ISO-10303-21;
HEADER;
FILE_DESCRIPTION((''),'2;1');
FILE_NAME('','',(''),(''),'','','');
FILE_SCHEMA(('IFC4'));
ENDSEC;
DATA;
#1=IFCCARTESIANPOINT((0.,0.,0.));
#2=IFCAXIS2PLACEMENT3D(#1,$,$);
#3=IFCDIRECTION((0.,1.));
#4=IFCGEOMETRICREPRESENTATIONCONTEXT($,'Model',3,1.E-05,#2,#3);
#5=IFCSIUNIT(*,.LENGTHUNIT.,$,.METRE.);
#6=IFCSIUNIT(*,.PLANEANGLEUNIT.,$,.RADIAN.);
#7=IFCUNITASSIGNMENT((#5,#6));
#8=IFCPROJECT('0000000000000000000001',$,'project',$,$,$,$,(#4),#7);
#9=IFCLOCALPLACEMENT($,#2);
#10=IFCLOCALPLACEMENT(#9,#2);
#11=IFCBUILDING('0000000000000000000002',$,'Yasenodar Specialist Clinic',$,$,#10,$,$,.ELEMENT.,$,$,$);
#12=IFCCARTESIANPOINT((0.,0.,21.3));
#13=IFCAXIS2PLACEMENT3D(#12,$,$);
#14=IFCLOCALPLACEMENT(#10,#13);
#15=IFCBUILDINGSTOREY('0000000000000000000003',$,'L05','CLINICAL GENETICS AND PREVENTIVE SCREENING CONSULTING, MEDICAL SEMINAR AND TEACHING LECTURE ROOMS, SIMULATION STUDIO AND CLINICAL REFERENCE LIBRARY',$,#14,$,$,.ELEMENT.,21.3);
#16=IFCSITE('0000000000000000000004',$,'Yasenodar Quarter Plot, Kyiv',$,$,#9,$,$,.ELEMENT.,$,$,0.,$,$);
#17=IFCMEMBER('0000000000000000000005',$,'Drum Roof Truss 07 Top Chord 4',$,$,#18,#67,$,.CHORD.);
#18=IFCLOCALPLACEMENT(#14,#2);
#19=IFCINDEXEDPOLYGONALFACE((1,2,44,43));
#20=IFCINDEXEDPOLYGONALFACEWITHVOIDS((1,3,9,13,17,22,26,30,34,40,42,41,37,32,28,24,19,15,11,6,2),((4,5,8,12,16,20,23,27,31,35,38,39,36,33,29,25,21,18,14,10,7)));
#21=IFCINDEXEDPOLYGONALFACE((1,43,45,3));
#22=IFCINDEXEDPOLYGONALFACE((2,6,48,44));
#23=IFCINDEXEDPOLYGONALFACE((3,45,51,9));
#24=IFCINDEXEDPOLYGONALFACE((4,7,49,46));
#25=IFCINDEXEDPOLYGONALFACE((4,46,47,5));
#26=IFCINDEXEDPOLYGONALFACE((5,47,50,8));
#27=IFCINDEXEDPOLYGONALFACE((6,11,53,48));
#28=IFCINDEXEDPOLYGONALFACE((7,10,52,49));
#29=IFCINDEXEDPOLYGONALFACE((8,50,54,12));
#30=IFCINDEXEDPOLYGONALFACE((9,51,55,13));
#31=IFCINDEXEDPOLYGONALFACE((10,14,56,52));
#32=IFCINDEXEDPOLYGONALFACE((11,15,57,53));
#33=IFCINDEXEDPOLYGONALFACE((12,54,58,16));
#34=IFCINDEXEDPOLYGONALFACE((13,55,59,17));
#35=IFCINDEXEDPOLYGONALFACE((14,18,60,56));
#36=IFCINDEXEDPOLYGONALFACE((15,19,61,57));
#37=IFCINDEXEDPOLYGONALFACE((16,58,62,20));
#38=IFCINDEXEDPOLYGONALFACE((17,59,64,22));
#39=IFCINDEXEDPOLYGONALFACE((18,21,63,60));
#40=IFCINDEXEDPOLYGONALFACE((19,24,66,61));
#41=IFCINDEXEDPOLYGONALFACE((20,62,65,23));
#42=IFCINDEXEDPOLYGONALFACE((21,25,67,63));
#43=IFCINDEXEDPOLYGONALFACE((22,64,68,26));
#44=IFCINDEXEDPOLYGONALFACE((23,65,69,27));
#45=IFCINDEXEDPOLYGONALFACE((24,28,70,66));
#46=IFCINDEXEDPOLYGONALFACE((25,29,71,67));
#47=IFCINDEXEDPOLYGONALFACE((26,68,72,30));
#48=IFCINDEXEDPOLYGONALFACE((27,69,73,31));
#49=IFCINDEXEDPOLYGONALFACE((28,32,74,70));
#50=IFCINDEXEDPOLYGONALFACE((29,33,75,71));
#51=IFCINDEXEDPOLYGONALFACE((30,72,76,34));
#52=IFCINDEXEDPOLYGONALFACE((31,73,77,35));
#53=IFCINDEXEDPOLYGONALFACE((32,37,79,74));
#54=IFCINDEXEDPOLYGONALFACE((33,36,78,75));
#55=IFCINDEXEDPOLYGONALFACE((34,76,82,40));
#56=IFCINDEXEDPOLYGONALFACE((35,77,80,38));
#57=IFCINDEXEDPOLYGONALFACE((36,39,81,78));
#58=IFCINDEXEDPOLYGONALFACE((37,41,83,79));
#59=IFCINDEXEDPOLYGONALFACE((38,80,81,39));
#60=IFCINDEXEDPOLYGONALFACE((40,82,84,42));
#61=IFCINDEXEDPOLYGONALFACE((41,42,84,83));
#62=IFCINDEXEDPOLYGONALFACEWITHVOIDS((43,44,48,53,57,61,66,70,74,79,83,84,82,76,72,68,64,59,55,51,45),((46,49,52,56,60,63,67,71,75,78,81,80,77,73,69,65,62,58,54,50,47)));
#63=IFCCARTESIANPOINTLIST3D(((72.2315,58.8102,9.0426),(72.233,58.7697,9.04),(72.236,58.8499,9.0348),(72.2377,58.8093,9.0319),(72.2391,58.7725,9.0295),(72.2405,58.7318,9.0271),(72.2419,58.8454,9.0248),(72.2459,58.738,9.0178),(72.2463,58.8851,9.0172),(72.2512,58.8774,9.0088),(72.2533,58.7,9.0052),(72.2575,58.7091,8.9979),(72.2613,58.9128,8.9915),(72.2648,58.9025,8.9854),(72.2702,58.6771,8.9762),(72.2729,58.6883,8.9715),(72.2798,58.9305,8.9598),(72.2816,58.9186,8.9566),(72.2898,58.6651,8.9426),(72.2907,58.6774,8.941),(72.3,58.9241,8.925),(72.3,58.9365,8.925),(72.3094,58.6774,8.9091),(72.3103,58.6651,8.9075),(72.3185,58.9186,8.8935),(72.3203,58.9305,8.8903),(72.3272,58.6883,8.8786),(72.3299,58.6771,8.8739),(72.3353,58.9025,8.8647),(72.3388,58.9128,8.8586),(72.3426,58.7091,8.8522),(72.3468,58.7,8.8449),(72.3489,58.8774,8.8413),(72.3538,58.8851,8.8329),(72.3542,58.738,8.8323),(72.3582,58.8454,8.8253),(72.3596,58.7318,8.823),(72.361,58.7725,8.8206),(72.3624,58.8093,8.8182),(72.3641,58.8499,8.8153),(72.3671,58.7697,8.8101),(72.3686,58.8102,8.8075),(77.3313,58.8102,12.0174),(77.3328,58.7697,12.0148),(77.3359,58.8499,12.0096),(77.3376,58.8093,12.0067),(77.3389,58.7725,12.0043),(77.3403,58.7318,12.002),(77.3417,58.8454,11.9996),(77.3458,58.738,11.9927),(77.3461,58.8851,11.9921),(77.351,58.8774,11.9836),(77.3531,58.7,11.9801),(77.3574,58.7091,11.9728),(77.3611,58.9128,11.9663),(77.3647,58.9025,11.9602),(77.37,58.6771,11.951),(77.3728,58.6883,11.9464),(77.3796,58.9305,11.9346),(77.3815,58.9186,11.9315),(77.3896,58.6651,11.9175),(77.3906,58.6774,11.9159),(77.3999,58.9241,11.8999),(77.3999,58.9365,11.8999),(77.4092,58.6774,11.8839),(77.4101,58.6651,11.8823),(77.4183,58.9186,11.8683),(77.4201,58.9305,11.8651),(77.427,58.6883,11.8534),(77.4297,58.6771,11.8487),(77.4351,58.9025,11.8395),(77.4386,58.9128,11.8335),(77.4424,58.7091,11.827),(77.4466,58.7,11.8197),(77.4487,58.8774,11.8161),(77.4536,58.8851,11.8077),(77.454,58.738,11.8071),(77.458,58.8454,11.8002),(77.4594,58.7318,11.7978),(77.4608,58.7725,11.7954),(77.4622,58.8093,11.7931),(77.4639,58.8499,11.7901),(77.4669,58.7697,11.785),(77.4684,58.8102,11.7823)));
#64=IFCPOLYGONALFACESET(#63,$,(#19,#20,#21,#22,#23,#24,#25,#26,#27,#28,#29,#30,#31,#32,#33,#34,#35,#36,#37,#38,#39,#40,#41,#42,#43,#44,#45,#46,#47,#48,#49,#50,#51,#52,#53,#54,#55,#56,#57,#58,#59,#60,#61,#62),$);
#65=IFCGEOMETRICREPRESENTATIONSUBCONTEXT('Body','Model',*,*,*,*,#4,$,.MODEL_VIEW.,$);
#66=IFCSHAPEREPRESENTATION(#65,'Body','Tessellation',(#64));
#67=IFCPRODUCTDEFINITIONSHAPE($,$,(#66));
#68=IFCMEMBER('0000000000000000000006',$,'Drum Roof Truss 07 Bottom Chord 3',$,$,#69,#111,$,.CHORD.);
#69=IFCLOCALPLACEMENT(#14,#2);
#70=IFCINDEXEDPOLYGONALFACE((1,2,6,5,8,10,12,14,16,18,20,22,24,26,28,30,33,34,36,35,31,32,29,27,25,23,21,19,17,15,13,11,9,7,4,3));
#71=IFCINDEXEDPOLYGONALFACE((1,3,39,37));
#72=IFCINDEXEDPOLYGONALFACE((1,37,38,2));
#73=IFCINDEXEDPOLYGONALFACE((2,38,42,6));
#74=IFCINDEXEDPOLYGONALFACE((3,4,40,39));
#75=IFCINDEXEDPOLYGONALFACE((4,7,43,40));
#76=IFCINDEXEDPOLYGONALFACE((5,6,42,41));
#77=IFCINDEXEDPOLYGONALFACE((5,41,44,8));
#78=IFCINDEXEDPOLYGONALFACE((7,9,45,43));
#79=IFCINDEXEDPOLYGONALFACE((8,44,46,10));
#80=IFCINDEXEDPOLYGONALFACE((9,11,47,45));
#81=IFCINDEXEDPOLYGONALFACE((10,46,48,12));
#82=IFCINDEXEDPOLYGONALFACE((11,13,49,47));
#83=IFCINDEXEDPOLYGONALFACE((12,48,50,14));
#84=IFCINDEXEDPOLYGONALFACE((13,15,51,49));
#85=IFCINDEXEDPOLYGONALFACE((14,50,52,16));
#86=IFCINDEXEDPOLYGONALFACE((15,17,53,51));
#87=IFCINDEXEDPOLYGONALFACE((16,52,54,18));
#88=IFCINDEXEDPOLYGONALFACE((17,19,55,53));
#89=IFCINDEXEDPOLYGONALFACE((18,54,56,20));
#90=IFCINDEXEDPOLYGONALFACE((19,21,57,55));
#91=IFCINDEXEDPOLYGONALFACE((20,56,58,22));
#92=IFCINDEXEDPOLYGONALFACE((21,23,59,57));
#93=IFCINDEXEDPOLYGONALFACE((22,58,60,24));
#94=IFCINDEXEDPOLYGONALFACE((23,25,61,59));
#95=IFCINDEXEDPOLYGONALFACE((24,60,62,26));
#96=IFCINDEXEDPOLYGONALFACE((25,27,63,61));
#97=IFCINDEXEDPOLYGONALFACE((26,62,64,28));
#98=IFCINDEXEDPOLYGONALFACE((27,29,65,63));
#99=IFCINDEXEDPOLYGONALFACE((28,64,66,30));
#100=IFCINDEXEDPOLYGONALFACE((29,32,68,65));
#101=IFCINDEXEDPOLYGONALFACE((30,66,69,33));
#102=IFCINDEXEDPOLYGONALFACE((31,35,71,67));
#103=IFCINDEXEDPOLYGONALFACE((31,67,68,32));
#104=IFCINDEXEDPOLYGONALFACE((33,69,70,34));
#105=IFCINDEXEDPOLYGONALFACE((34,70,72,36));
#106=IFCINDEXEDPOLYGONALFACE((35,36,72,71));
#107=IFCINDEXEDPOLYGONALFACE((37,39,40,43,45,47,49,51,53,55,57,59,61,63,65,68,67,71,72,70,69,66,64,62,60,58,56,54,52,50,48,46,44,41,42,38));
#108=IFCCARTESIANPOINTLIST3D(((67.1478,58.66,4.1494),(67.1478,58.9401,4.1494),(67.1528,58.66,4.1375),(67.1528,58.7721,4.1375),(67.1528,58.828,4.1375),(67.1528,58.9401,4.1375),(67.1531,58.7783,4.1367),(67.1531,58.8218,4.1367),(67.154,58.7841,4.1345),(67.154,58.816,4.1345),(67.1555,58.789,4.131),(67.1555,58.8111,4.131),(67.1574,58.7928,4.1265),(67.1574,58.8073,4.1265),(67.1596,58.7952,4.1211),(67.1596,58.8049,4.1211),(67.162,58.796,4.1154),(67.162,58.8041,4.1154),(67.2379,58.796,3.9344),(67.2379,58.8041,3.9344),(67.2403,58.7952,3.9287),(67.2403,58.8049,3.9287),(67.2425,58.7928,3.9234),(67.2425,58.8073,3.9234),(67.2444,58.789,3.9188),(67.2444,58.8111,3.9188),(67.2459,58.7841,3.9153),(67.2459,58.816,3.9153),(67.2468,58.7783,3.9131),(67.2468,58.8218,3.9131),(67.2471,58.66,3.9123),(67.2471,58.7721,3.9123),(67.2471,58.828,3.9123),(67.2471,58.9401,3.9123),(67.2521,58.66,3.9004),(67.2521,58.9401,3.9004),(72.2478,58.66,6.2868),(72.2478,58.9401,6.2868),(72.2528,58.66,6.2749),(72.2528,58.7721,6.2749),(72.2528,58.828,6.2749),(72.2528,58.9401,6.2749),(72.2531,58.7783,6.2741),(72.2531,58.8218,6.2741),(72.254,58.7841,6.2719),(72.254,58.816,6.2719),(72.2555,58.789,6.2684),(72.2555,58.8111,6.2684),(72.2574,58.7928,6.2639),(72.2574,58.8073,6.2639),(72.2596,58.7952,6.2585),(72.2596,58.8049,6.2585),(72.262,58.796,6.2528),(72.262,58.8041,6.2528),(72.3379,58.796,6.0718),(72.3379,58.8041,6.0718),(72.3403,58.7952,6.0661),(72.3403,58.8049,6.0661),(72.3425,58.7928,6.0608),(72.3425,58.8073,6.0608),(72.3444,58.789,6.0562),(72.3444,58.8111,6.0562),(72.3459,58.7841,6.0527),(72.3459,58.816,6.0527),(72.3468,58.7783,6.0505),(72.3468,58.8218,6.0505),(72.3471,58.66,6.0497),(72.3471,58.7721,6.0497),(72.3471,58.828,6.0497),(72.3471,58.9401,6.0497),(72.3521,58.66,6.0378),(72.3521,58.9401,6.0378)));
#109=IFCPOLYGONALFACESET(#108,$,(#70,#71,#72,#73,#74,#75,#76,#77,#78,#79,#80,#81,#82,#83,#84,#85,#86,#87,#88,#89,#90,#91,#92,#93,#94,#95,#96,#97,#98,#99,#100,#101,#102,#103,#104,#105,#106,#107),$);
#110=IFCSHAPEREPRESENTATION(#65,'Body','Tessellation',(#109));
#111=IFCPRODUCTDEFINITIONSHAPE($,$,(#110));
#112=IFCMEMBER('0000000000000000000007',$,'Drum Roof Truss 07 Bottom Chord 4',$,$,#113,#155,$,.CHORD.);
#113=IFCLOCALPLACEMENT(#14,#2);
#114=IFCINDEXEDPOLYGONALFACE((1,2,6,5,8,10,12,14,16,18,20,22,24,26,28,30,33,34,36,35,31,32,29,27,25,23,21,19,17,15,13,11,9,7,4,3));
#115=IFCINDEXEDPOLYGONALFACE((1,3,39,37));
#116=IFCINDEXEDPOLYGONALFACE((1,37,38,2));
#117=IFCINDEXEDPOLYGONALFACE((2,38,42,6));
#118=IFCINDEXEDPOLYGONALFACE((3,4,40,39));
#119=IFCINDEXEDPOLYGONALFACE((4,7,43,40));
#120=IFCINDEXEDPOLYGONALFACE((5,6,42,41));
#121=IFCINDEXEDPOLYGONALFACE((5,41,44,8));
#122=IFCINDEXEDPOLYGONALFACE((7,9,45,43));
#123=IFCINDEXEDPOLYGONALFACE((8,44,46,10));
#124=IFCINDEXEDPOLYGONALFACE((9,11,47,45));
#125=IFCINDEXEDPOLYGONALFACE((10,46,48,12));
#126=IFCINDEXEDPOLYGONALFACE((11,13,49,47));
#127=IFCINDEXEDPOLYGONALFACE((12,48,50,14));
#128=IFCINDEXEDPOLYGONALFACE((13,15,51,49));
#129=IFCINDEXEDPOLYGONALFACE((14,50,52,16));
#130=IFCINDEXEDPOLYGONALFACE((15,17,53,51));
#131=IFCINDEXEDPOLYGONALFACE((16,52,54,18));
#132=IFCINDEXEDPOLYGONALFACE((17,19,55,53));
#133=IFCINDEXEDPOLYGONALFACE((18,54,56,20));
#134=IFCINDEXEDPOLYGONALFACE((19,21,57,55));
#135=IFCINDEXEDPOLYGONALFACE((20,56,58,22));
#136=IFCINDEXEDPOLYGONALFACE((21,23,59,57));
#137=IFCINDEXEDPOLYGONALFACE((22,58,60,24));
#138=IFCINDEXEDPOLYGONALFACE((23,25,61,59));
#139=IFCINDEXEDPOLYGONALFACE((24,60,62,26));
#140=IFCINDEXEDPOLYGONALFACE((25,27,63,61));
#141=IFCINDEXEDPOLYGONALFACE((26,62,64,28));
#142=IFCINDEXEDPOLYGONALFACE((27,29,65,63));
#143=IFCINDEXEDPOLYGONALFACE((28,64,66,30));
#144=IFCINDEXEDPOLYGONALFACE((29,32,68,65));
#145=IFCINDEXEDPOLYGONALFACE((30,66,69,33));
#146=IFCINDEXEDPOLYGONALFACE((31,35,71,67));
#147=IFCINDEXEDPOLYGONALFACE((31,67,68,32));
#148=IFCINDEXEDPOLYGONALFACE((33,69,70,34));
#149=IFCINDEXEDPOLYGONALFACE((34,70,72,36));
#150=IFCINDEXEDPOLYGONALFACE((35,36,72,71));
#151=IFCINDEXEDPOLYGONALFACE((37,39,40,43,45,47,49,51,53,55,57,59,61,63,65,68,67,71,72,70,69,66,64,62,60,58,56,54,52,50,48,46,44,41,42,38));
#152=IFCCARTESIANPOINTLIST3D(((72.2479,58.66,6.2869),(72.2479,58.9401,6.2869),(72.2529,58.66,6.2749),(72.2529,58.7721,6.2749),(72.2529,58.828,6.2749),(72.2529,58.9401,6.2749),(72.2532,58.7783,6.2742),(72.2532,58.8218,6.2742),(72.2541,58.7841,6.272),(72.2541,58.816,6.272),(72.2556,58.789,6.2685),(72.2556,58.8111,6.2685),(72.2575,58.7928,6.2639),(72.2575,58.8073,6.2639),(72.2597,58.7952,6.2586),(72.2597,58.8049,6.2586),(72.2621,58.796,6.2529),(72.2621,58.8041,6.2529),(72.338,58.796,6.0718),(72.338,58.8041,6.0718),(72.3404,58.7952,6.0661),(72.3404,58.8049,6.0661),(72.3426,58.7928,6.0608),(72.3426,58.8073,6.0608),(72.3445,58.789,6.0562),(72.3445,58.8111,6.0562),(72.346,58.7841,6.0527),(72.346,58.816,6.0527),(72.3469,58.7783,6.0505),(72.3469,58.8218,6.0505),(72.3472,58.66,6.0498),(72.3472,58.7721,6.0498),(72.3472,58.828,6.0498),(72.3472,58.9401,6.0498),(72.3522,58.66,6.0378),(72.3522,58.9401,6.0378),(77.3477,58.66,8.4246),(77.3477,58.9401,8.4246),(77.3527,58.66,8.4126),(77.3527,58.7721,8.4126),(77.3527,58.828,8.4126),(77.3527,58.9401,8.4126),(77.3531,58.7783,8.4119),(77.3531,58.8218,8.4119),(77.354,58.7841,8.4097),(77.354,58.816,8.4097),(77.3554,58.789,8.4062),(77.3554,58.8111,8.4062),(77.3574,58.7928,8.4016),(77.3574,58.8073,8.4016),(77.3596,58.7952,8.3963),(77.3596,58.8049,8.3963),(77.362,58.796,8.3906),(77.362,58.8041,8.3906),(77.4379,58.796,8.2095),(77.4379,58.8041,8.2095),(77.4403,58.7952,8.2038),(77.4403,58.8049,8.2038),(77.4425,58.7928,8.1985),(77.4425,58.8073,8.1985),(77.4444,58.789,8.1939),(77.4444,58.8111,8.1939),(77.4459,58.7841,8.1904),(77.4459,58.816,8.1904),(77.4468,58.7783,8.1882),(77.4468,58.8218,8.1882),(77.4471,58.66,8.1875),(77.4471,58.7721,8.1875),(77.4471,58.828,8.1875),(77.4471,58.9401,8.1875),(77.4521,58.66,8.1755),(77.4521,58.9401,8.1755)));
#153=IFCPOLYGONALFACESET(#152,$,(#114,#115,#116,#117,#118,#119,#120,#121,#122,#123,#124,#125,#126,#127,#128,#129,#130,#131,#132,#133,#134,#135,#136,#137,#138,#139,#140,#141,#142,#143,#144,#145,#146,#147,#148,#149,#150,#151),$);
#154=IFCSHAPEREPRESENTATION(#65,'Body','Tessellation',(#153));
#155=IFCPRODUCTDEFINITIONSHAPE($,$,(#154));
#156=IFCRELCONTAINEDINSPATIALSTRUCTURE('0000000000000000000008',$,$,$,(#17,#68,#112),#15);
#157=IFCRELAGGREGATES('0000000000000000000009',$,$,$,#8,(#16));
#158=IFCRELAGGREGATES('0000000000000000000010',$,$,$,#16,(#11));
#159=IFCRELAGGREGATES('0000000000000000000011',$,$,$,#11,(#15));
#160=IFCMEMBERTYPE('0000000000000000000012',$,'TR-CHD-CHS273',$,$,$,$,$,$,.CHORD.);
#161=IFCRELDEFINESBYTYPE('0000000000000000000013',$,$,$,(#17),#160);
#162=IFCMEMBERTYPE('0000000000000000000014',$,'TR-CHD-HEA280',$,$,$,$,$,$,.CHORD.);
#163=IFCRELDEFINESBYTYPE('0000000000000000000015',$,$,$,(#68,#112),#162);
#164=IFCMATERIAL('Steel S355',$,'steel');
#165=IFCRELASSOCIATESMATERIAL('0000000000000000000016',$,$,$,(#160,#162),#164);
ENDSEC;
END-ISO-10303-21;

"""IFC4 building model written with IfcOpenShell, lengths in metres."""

from ifc_helpers import new_model, si_unit, direction, frame, origin, origin_2d, place, context, subcontext, project, spatial, hollow_circle, i_section, extrude, material, material_profile, profile_set, type_object, element, save


model = new_model("IFC4")

# Units and contexts
model_context = context("Model", 3, precision=1e-05, world=origin(), true_north=direction((0.0, 1.0)))
body_context = subcontext(model_context, "Body", "Model", "MODEL_VIEW")
ifc_project = project(units=[si_unit("LENGTHUNIT", "METRE"), si_unit("PLANEANGLEUNIT", "RADIAN")], contexts=[model_context])

# Site, building, storey
site_placement = place(None, origin())
site = spatial("IfcSite", under=ifc_project, at=site_placement, Name="Yasenodar Quarter Plot, Kyiv", CompositionType="ELEMENT", RefElevation=0.0)
building_placement = place(site_placement, origin())
building = spatial("IfcBuilding", under=site, at=building_placement, Name="Yasenodar Specialist Clinic", CompositionType="ELEMENT")
storey_placement = place(building_placement, frame((0.0, 0.0, 21.3)))
storey = spatial("IfcBuildingStorey", under=building, at=storey_placement, Name="L05", Description="CLINICAL GENETICS AND PREVENTIVE SCREENING CONSULTING, MEDICAL SEMINAR AND TEACHING LECTURE ROOMS, SIMULATION STUDIO AND CLINICAL REFERENCE LIBRARY", CompositionType="ELEMENT", Elevation=21.3)

# Shared definitions
ifc_material = material(Name="Steel S355", Category="steel")

# Members
ifc_material_profile_1 = material_profile(ifc_material, hollow_circle(Radius=0.1365, WallThickness=0.0125, at=origin_2d()), Name="CHS 273x12.5")
ifc_profile_set_1 = profile_set([ifc_material_profile_1], Name="Steel S355")
member_type_1 = type_object("IfcMemberType", Name="TR-CHD-CHS273", PredefinedType="CHORD", material=ifc_profile_set_1)
member_1_placement = place(storey_placement, frame((72.3, 58.8, 8.925), z_axis=(0.863783, 0.0, 0.503863), x_axis=(0.0, 1.0, 0.0)))
element("IfcMember", 1, at=member_1_placement, inside=storey, type_object=member_type_1, Name="Drum Roof Truss 07 Top Chord 4", PredefinedType="CHORD", context=body_context, shape_type="SweptSolid", body=[
    extrude(hollow_circle(Radius=0.1365, WallThickness=0.0125, at=origin_2d()), origin(), (0.0, 0.0, 1.0), 5.9041),
])
ifc_material_profile_2 = material_profile(ifc_material, i_section(OverallWidth=0.28, OverallDepth=0.27, WebThickness=0.0081, FlangeThickness=0.0129, FilletRadius=0.0239, at=origin_2d()), Name="HEA 280")
ifc_profile_set_2 = profile_set([ifc_material_profile_2], Name="Steel S355")
member_type_2 = type_object("IfcMemberType", Name="TR-CHD-HEA280", PredefinedType="CHORD", material=ifc_profile_set_2)
for number, where, z_axis, x_axis, name in (
    (2, (67.2, 58.8, 4.0249), (0.922278, 0.0, 0.386527), (0.0, 1.0, 0.0), "Drum Roof Truss 07 Bottom Chord 3"),
    (3, (72.3, 58.8, 6.1624), (0.922256, 0.0, 0.38658), (0.0, 1.0, 0.0), "Drum Roof Truss 07 Bottom Chord 4"),
):
    element("IfcMember", number, at=place(storey_placement, frame(where, z_axis=z_axis, x_axis=x_axis)), inside=storey, type_object=member_type_2, Name=name, PredefinedType="CHORD", context=body_context, shape_type="SweptSolid", body=[
        extrude(i_section(OverallWidth=0.28, OverallDepth=0.27, WebThickness=0.0081, FlangeThickness=0.0129, FilletRadius=0.0239, at=origin_2d()), origin(), (0.0, 0.0, 1.0), 5.5298),
    ])

save(model, "model.ifc")
